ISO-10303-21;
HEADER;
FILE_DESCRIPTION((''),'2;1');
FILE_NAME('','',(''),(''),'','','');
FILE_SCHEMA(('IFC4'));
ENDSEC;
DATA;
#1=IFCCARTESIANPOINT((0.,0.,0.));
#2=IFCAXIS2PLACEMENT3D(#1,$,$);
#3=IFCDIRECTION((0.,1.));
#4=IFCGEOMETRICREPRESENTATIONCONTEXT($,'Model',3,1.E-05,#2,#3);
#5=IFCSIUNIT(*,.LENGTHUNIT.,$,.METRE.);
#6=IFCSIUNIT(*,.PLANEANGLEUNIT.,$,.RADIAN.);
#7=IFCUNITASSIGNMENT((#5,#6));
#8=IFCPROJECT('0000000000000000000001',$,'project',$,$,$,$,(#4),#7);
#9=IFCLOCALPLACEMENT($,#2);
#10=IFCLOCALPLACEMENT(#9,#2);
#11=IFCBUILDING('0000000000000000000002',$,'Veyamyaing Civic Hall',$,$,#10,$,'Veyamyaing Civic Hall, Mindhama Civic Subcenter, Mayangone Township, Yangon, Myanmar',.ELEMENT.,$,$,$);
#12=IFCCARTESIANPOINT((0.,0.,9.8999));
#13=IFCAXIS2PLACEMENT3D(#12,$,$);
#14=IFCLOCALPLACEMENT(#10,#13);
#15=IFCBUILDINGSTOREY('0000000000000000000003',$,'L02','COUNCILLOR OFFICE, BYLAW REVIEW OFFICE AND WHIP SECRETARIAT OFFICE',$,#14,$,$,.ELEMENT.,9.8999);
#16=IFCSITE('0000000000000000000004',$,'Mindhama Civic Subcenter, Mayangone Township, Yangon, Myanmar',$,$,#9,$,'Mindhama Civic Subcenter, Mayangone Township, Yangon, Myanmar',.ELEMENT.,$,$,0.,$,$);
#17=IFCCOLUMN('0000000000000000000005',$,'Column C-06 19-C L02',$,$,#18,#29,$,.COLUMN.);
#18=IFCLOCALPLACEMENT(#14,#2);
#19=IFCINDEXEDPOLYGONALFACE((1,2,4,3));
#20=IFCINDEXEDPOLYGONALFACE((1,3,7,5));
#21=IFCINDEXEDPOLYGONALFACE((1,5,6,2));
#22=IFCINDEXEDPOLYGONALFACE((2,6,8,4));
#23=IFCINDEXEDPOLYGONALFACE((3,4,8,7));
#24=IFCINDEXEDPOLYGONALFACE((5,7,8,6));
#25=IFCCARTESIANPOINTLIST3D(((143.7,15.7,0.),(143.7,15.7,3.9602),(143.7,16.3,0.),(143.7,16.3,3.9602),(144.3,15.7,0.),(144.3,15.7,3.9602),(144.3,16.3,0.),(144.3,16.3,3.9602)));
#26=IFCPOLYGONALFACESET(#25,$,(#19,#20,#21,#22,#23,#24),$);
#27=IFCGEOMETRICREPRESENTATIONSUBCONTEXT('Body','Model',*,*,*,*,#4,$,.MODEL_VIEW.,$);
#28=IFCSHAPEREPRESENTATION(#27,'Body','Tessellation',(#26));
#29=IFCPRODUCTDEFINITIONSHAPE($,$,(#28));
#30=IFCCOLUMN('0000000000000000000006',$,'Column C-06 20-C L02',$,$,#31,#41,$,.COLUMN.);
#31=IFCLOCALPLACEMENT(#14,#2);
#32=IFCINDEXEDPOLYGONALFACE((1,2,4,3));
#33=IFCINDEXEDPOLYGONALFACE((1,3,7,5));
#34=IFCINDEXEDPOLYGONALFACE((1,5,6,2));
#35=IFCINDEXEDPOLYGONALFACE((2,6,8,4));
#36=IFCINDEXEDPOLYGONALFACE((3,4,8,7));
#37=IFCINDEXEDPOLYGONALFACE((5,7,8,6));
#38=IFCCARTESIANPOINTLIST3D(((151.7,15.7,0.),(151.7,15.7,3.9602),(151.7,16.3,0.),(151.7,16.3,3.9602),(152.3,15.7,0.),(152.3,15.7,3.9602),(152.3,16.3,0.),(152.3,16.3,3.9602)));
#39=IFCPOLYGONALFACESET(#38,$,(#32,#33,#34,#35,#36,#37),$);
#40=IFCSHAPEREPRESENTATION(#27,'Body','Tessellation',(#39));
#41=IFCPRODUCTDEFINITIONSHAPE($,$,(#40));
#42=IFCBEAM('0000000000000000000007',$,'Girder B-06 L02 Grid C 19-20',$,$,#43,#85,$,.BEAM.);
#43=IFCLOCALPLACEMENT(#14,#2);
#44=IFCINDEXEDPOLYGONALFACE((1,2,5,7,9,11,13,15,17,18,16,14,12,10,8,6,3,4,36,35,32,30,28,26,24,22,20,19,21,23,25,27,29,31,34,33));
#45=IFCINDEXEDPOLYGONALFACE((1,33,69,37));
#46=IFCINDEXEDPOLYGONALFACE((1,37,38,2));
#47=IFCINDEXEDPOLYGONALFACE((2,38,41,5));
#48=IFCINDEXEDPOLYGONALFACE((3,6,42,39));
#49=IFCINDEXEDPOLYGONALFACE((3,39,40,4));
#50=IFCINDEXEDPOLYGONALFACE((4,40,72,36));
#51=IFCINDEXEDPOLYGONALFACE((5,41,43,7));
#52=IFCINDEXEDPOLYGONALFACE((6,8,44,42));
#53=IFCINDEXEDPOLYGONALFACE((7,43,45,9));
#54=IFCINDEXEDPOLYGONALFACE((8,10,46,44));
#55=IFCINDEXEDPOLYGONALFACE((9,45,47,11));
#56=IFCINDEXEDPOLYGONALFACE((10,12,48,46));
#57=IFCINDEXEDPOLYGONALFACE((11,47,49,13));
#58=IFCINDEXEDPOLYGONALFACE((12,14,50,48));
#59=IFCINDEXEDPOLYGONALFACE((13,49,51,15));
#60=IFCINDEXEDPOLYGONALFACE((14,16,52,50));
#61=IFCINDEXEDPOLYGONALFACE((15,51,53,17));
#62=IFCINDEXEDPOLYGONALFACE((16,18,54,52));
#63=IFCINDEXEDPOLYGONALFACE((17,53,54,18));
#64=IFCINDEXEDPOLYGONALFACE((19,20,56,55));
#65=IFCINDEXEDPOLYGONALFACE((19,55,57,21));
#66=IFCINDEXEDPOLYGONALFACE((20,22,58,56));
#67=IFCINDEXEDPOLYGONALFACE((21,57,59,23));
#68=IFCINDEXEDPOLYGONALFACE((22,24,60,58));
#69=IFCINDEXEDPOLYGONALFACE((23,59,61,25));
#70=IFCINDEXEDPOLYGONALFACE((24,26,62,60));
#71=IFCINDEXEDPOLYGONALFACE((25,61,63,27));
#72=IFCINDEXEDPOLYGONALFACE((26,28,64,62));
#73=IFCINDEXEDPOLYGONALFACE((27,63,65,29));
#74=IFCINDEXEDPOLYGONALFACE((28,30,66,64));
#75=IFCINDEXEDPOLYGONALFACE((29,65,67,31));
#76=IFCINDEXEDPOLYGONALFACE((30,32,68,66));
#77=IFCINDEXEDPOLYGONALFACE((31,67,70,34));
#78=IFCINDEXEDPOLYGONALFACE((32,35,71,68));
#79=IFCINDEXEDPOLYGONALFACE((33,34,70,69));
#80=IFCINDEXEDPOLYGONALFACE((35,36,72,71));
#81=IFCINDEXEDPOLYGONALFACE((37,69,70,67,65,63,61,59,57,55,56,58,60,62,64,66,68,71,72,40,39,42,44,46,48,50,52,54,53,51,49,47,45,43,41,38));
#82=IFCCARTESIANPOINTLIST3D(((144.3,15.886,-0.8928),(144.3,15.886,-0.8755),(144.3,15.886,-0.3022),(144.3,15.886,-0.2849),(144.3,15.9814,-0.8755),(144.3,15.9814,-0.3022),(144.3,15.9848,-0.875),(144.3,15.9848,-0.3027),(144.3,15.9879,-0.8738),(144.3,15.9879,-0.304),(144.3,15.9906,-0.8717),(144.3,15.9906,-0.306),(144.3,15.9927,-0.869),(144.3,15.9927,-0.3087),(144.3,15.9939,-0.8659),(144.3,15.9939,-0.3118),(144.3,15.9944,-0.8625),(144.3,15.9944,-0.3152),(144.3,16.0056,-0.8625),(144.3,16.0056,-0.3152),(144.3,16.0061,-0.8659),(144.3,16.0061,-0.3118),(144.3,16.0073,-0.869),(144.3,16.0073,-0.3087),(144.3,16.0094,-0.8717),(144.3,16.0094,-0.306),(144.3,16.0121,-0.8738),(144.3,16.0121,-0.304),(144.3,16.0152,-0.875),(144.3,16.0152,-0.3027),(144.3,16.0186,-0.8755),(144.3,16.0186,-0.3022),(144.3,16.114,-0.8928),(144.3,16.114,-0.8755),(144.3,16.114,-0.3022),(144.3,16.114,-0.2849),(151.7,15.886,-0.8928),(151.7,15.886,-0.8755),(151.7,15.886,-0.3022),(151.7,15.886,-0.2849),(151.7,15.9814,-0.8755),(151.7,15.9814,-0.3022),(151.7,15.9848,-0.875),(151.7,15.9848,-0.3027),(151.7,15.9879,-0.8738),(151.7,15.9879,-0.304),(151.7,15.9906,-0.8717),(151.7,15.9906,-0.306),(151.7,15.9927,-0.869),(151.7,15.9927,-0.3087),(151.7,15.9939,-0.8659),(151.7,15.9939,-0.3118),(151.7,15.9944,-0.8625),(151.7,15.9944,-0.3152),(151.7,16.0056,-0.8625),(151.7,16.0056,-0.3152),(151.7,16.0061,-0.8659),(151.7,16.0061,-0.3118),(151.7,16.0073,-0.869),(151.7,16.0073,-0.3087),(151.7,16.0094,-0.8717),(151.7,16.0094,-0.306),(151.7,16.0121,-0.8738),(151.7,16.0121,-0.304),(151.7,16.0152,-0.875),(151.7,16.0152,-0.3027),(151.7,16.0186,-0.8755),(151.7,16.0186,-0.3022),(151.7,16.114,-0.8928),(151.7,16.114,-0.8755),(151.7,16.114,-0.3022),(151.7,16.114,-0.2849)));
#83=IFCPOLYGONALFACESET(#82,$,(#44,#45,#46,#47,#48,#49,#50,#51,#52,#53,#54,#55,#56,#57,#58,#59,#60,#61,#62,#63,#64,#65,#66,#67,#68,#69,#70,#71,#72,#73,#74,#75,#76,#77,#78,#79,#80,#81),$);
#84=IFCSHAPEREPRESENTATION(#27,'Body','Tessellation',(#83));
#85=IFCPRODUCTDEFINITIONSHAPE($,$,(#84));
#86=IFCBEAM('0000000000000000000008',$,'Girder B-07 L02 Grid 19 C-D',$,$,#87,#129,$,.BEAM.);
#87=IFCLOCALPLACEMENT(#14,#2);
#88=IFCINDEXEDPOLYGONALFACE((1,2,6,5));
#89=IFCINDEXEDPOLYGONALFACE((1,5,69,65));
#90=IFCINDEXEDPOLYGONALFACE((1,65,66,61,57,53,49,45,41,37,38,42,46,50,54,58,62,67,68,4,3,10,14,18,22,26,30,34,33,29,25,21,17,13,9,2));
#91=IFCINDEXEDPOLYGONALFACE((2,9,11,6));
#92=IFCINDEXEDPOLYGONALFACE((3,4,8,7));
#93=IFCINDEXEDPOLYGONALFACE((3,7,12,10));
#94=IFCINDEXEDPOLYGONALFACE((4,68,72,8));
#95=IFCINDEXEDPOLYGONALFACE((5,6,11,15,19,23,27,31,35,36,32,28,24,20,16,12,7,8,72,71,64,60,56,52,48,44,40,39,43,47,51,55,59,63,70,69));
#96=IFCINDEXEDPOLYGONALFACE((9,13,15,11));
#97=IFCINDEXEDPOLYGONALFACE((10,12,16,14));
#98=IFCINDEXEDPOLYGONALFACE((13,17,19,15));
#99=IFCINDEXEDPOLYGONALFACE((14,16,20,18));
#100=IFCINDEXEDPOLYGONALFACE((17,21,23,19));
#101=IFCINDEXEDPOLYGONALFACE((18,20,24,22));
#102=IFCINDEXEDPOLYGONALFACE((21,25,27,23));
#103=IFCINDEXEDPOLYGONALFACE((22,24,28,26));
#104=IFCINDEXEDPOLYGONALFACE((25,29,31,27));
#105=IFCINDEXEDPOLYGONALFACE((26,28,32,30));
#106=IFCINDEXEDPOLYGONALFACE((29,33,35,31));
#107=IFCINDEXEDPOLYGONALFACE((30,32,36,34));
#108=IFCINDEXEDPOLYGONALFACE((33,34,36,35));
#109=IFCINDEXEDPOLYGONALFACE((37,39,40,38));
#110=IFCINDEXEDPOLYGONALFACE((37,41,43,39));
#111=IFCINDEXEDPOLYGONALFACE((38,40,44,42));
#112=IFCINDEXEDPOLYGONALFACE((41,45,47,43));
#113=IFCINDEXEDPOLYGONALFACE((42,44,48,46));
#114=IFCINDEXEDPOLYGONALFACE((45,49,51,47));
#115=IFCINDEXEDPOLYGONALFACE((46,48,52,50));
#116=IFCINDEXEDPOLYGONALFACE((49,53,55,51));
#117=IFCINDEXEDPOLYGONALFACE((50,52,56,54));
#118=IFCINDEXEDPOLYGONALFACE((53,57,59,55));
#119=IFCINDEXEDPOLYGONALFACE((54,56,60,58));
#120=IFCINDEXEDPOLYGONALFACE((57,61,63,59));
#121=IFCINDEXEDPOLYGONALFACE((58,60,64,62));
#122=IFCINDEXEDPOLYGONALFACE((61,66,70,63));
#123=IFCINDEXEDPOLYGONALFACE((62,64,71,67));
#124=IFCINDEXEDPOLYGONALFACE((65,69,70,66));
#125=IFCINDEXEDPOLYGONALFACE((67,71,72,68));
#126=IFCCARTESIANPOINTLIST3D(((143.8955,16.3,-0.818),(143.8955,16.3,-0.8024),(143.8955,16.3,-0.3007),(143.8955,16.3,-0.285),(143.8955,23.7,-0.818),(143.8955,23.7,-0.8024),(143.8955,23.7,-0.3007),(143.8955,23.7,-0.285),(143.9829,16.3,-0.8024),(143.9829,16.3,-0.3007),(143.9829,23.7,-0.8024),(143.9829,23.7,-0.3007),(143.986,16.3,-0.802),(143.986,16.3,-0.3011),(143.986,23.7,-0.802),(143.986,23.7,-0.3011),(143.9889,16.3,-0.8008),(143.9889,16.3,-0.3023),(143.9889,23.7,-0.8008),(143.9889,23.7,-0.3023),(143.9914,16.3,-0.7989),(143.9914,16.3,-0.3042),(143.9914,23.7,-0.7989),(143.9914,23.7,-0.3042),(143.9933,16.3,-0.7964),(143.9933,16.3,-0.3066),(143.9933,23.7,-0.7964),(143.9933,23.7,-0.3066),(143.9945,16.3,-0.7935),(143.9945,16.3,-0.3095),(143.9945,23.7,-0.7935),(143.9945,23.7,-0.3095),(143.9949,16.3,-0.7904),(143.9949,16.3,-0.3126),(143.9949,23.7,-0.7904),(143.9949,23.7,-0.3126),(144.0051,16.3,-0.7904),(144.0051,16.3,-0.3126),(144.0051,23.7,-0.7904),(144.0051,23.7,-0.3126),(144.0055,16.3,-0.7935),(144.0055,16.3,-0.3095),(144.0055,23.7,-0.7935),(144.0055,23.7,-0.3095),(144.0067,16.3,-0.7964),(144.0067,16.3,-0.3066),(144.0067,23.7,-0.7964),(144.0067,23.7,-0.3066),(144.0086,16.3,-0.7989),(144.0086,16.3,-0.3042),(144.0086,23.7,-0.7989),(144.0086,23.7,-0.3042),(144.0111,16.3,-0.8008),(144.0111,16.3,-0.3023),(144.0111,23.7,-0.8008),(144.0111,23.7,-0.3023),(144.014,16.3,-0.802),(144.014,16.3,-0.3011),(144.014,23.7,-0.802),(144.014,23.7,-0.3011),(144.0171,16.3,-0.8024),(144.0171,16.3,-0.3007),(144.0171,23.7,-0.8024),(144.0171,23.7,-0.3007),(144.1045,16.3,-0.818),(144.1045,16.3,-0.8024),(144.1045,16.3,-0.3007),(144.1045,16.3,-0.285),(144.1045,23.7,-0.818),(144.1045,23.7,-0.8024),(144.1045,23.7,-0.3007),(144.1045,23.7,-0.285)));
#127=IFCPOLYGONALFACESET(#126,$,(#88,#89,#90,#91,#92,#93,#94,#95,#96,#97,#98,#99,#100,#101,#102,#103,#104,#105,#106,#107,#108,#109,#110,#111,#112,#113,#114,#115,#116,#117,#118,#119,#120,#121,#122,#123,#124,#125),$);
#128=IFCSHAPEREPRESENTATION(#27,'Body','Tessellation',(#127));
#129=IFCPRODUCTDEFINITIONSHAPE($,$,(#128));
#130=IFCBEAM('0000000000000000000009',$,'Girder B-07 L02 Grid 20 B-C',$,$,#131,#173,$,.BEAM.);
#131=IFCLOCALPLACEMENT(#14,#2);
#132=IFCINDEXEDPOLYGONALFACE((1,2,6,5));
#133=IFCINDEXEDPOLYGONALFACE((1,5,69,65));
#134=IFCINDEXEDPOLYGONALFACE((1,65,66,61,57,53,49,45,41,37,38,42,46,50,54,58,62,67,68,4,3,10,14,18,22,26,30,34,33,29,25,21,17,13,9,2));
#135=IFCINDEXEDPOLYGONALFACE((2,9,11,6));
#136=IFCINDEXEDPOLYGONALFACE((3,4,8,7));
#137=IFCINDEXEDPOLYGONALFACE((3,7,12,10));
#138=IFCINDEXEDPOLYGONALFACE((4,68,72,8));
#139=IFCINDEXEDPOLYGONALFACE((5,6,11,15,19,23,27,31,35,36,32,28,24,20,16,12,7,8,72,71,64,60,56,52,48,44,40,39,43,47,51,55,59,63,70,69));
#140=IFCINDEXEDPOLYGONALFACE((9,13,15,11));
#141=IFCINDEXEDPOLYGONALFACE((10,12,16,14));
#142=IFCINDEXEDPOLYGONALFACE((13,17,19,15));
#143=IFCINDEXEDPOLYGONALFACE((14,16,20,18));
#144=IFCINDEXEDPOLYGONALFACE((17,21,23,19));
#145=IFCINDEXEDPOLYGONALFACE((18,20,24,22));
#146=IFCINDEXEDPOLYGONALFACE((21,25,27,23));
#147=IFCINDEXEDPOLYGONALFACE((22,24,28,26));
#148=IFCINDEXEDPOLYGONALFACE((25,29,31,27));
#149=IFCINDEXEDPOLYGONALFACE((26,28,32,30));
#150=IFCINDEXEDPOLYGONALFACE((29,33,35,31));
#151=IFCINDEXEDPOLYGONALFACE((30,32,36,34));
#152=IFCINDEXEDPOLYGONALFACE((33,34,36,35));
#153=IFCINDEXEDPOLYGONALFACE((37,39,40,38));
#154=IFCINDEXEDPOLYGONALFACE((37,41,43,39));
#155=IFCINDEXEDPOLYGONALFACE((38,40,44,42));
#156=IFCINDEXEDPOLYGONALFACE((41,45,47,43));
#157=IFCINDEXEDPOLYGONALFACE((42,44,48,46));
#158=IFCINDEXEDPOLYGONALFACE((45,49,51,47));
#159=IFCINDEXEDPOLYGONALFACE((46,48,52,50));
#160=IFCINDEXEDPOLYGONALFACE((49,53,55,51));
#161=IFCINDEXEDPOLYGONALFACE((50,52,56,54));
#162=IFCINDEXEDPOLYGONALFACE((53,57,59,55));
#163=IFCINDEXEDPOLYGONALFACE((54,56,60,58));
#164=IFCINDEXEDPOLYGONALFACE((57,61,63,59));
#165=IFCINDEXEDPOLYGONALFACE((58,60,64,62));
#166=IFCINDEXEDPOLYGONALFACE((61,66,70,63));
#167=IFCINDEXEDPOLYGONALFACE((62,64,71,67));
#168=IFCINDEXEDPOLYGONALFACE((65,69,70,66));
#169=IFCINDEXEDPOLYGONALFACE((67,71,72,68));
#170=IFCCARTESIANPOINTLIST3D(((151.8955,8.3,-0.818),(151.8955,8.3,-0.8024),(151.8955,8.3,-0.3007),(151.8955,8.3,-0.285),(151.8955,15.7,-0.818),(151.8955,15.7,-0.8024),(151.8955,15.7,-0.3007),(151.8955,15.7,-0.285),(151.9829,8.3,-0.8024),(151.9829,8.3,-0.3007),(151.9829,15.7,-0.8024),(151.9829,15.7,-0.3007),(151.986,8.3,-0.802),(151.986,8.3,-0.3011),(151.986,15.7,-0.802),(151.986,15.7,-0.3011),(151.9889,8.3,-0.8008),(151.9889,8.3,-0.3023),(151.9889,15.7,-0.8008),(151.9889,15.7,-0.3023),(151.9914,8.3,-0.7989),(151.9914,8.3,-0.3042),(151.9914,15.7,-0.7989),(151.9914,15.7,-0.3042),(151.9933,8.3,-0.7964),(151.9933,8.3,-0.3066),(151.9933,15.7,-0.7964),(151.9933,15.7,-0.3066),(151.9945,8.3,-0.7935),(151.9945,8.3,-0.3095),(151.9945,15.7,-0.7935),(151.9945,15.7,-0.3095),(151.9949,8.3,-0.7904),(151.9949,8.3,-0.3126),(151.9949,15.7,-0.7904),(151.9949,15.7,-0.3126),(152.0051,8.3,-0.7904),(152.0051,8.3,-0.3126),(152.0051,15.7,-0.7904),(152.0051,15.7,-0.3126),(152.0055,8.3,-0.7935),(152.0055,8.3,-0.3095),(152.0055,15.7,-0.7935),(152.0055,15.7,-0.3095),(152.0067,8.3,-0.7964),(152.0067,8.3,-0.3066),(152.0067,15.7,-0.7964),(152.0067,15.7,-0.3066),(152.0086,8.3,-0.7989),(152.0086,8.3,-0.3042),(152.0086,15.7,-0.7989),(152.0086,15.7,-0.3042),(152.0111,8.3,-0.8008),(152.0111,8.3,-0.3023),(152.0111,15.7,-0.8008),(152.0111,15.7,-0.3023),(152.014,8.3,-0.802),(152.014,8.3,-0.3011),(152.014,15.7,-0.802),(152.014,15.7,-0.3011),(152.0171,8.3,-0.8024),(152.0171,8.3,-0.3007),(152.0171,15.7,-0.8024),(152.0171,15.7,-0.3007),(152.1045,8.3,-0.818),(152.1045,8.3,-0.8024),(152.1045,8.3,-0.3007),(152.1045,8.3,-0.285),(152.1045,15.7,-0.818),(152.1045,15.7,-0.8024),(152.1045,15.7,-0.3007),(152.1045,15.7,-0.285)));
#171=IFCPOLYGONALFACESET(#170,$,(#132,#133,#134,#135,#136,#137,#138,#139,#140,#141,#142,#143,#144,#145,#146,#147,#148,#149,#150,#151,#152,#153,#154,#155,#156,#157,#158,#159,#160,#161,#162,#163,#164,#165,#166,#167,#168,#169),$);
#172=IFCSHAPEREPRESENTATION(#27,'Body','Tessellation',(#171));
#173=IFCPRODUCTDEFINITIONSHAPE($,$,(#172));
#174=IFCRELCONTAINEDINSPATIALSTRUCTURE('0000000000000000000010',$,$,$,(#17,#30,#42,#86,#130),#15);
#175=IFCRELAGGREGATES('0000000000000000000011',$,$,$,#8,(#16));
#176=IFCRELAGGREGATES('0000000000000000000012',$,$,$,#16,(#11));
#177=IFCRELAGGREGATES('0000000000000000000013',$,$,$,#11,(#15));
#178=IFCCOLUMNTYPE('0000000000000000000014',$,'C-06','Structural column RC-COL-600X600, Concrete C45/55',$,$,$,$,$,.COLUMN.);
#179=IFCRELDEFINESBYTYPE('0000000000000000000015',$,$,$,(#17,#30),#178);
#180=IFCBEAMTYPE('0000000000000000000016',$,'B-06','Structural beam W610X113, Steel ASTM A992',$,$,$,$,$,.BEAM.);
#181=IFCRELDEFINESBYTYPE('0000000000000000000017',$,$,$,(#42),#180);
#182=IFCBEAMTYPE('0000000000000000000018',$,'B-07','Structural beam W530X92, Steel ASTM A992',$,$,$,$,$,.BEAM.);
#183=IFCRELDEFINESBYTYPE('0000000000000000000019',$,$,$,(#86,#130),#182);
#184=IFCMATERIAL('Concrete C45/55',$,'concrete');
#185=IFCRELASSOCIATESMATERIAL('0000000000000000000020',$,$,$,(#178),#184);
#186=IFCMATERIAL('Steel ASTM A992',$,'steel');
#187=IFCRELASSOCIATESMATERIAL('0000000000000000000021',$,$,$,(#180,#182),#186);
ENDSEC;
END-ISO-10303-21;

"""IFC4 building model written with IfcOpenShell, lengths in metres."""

from ifc_helpers import new_model, si_unit, direction, frame, origin, origin_2d, place, context, subcontext, project, spatial, rectangle, i_section, extrude, material, material_profile, profile_set, type_object, element, save


model = new_model("IFC4")

# Units and contexts
model_context = context("Model", 3, precision=1e-05, world=origin(), true_north=direction((0.0, 1.0)))
body_context = subcontext(model_context, "Body", "Model", "MODEL_VIEW")
ifc_project = project(units=[si_unit("LENGTHUNIT", "METRE"), si_unit("PLANEANGLEUNIT", "RADIAN")], contexts=[model_context])

# Site, building, storey
site_placement = place(None, origin())
site = spatial("IfcSite", under=ifc_project, at=site_placement, Name="Mindhama Civic Subcenter, Mayangone Township, Yangon, Myanmar", LongName="Mindhama Civic Subcenter, Mayangone Township, Yangon, Myanmar", CompositionType="ELEMENT", RefElevation=0.0)
building_placement = place(site_placement, origin())
building = spatial("IfcBuilding", under=site, at=building_placement, Name="Veyamyaing Civic Hall", LongName="Veyamyaing Civic Hall, Mindhama Civic Subcenter, Mayangone Township, Yangon, Myanmar", CompositionType="ELEMENT")
storey_placement = place(building_placement, frame((0.0, 0.0, 9.8999)))
storey = spatial("IfcBuildingStorey", under=building, at=storey_placement, Name="L02", Description="COUNCILLOR OFFICE, BYLAW REVIEW OFFICE AND WHIP SECRETARIAT OFFICE", CompositionType="ELEMENT", Elevation=9.8999)

# Columns
ifc_material_1 = material(Name="Concrete C45/55", Category="concrete")
ifc_material_profile_1 = material_profile(ifc_material_1, rectangle(XDim=0.6001, YDim=0.6001, at=origin_2d()), Name="RC-COL-600X600")
ifc_profile_set_1 = profile_set([ifc_material_profile_1], Name="Concrete C45/55")
column_type = type_object("IfcColumnType", Name="C-06", Description="Structural column RC-COL-600X600, Concrete C45/55", PredefinedType="COLUMN", material=ifc_profile_set_1)
for number, where, z_axis, x_axis, name in (
    (1, (144.0, 16.0, 0.0), (0.0, 0.0, 1.0), (1.0, 0.0, 0.0), "Column C-06 19-C L02"),
    (2, (152.0, 16.0, 0.0), (0.0, 0.0, 1.0), (1.0, 0.0, 0.0), "Column C-06 20-C L02"),
):
    element("IfcColumn", number, at=place(storey_placement, frame(where, z_axis=z_axis, x_axis=x_axis)), inside=storey, type_object=column_type, Name=name, PredefinedType="COLUMN", context=body_context, shape_type="SweptSolid", body=[
        extrude(rectangle(XDim=0.6001, YDim=0.6001, at=origin_2d()), origin(), (0.0, 0.0, 1.0), 3.9602),
    ])

# Beams
ifc_material_2 = material(Name="Steel ASTM A992", Category="steel")
ifc_material_profile_2 = material_profile(ifc_material_2, i_section(OverallWidth=0.228, OverallDepth=0.6079, WebThickness=0.0112, FlangeThickness=0.0173, FilletRadius=0.0129, at=origin_2d()), Name="W610X113")
ifc_profile_set_2 = profile_set([ifc_material_profile_2], Name="Steel ASTM A992")
beam_type_1 = type_object("IfcBeamType", Name="B-06", Description="Structural beam W610X113, Steel ASTM A992", PredefinedType="BEAM", material=ifc_profile_set_2)
beam_1_placement = place(storey_placement, frame((144.3, 16.0, -0.5889), z_axis=(1.0, 0.0, 0.0), x_axis=(0.0, 1.0, 0.0)))
element("IfcBeam", 3, at=beam_1_placement, inside=storey, type_object=beam_type_1, Name="Girder B-06 L02 Grid C 19-20", PredefinedType="BEAM", context=body_context, shape_type="SweptSolid", body=[
    extrude(i_section(OverallWidth=0.228, OverallDepth=0.6079, WebThickness=0.0112, FlangeThickness=0.0173, FilletRadius=0.0129, at=origin_2d()), origin(), (0.0, 0.0, 1.0), 7.3999),
])
ifc_material_profile_3 = material_profile(ifc_material_2, i_section(OverallWidth=0.209, OverallDepth=0.533, WebThickness=0.0103, FlangeThickness=0.0156, FilletRadius=0.012, at=origin_2d()), Name="W530X92")
ifc_profile_set_3 = profile_set([ifc_material_profile_3], Name="Steel ASTM A992")
beam_type_2 = type_object("IfcBeamType", Name="B-07", Description="Structural beam W530X92, Steel ASTM A992", PredefinedType="BEAM", material=ifc_profile_set_3)
for number, where, z_axis, x_axis, name in (
    (4, (144.0, 16.3, -0.5515), (0.0, 1.0, 0.0), (-1.0, 0.0, 0.0), "Girder B-07 L02 Grid 19 C-D"),
    (5, (152.0, 8.3, -0.5515), (0.0, 1.0, 0.0), (-1.0, 0.0, 0.0), "Girder B-07 L02 Grid 20 B-C"),
):
    element("IfcBeam", number, at=place(storey_placement, frame(where, z_axis=z_axis, x_axis=x_axis)), inside=storey, type_object=beam_type_2, Name=name, PredefinedType="BEAM", context=body_context, shape_type="SweptSolid", body=[
        extrude(i_section(OverallWidth=0.209, OverallDepth=0.533, WebThickness=0.0103, FlangeThickness=0.0156, FilletRadius=0.012, at=origin_2d()), origin(), (0.0, 0.0, 1.0), 7.3999),
    ])

save(model, "model.ifc")
